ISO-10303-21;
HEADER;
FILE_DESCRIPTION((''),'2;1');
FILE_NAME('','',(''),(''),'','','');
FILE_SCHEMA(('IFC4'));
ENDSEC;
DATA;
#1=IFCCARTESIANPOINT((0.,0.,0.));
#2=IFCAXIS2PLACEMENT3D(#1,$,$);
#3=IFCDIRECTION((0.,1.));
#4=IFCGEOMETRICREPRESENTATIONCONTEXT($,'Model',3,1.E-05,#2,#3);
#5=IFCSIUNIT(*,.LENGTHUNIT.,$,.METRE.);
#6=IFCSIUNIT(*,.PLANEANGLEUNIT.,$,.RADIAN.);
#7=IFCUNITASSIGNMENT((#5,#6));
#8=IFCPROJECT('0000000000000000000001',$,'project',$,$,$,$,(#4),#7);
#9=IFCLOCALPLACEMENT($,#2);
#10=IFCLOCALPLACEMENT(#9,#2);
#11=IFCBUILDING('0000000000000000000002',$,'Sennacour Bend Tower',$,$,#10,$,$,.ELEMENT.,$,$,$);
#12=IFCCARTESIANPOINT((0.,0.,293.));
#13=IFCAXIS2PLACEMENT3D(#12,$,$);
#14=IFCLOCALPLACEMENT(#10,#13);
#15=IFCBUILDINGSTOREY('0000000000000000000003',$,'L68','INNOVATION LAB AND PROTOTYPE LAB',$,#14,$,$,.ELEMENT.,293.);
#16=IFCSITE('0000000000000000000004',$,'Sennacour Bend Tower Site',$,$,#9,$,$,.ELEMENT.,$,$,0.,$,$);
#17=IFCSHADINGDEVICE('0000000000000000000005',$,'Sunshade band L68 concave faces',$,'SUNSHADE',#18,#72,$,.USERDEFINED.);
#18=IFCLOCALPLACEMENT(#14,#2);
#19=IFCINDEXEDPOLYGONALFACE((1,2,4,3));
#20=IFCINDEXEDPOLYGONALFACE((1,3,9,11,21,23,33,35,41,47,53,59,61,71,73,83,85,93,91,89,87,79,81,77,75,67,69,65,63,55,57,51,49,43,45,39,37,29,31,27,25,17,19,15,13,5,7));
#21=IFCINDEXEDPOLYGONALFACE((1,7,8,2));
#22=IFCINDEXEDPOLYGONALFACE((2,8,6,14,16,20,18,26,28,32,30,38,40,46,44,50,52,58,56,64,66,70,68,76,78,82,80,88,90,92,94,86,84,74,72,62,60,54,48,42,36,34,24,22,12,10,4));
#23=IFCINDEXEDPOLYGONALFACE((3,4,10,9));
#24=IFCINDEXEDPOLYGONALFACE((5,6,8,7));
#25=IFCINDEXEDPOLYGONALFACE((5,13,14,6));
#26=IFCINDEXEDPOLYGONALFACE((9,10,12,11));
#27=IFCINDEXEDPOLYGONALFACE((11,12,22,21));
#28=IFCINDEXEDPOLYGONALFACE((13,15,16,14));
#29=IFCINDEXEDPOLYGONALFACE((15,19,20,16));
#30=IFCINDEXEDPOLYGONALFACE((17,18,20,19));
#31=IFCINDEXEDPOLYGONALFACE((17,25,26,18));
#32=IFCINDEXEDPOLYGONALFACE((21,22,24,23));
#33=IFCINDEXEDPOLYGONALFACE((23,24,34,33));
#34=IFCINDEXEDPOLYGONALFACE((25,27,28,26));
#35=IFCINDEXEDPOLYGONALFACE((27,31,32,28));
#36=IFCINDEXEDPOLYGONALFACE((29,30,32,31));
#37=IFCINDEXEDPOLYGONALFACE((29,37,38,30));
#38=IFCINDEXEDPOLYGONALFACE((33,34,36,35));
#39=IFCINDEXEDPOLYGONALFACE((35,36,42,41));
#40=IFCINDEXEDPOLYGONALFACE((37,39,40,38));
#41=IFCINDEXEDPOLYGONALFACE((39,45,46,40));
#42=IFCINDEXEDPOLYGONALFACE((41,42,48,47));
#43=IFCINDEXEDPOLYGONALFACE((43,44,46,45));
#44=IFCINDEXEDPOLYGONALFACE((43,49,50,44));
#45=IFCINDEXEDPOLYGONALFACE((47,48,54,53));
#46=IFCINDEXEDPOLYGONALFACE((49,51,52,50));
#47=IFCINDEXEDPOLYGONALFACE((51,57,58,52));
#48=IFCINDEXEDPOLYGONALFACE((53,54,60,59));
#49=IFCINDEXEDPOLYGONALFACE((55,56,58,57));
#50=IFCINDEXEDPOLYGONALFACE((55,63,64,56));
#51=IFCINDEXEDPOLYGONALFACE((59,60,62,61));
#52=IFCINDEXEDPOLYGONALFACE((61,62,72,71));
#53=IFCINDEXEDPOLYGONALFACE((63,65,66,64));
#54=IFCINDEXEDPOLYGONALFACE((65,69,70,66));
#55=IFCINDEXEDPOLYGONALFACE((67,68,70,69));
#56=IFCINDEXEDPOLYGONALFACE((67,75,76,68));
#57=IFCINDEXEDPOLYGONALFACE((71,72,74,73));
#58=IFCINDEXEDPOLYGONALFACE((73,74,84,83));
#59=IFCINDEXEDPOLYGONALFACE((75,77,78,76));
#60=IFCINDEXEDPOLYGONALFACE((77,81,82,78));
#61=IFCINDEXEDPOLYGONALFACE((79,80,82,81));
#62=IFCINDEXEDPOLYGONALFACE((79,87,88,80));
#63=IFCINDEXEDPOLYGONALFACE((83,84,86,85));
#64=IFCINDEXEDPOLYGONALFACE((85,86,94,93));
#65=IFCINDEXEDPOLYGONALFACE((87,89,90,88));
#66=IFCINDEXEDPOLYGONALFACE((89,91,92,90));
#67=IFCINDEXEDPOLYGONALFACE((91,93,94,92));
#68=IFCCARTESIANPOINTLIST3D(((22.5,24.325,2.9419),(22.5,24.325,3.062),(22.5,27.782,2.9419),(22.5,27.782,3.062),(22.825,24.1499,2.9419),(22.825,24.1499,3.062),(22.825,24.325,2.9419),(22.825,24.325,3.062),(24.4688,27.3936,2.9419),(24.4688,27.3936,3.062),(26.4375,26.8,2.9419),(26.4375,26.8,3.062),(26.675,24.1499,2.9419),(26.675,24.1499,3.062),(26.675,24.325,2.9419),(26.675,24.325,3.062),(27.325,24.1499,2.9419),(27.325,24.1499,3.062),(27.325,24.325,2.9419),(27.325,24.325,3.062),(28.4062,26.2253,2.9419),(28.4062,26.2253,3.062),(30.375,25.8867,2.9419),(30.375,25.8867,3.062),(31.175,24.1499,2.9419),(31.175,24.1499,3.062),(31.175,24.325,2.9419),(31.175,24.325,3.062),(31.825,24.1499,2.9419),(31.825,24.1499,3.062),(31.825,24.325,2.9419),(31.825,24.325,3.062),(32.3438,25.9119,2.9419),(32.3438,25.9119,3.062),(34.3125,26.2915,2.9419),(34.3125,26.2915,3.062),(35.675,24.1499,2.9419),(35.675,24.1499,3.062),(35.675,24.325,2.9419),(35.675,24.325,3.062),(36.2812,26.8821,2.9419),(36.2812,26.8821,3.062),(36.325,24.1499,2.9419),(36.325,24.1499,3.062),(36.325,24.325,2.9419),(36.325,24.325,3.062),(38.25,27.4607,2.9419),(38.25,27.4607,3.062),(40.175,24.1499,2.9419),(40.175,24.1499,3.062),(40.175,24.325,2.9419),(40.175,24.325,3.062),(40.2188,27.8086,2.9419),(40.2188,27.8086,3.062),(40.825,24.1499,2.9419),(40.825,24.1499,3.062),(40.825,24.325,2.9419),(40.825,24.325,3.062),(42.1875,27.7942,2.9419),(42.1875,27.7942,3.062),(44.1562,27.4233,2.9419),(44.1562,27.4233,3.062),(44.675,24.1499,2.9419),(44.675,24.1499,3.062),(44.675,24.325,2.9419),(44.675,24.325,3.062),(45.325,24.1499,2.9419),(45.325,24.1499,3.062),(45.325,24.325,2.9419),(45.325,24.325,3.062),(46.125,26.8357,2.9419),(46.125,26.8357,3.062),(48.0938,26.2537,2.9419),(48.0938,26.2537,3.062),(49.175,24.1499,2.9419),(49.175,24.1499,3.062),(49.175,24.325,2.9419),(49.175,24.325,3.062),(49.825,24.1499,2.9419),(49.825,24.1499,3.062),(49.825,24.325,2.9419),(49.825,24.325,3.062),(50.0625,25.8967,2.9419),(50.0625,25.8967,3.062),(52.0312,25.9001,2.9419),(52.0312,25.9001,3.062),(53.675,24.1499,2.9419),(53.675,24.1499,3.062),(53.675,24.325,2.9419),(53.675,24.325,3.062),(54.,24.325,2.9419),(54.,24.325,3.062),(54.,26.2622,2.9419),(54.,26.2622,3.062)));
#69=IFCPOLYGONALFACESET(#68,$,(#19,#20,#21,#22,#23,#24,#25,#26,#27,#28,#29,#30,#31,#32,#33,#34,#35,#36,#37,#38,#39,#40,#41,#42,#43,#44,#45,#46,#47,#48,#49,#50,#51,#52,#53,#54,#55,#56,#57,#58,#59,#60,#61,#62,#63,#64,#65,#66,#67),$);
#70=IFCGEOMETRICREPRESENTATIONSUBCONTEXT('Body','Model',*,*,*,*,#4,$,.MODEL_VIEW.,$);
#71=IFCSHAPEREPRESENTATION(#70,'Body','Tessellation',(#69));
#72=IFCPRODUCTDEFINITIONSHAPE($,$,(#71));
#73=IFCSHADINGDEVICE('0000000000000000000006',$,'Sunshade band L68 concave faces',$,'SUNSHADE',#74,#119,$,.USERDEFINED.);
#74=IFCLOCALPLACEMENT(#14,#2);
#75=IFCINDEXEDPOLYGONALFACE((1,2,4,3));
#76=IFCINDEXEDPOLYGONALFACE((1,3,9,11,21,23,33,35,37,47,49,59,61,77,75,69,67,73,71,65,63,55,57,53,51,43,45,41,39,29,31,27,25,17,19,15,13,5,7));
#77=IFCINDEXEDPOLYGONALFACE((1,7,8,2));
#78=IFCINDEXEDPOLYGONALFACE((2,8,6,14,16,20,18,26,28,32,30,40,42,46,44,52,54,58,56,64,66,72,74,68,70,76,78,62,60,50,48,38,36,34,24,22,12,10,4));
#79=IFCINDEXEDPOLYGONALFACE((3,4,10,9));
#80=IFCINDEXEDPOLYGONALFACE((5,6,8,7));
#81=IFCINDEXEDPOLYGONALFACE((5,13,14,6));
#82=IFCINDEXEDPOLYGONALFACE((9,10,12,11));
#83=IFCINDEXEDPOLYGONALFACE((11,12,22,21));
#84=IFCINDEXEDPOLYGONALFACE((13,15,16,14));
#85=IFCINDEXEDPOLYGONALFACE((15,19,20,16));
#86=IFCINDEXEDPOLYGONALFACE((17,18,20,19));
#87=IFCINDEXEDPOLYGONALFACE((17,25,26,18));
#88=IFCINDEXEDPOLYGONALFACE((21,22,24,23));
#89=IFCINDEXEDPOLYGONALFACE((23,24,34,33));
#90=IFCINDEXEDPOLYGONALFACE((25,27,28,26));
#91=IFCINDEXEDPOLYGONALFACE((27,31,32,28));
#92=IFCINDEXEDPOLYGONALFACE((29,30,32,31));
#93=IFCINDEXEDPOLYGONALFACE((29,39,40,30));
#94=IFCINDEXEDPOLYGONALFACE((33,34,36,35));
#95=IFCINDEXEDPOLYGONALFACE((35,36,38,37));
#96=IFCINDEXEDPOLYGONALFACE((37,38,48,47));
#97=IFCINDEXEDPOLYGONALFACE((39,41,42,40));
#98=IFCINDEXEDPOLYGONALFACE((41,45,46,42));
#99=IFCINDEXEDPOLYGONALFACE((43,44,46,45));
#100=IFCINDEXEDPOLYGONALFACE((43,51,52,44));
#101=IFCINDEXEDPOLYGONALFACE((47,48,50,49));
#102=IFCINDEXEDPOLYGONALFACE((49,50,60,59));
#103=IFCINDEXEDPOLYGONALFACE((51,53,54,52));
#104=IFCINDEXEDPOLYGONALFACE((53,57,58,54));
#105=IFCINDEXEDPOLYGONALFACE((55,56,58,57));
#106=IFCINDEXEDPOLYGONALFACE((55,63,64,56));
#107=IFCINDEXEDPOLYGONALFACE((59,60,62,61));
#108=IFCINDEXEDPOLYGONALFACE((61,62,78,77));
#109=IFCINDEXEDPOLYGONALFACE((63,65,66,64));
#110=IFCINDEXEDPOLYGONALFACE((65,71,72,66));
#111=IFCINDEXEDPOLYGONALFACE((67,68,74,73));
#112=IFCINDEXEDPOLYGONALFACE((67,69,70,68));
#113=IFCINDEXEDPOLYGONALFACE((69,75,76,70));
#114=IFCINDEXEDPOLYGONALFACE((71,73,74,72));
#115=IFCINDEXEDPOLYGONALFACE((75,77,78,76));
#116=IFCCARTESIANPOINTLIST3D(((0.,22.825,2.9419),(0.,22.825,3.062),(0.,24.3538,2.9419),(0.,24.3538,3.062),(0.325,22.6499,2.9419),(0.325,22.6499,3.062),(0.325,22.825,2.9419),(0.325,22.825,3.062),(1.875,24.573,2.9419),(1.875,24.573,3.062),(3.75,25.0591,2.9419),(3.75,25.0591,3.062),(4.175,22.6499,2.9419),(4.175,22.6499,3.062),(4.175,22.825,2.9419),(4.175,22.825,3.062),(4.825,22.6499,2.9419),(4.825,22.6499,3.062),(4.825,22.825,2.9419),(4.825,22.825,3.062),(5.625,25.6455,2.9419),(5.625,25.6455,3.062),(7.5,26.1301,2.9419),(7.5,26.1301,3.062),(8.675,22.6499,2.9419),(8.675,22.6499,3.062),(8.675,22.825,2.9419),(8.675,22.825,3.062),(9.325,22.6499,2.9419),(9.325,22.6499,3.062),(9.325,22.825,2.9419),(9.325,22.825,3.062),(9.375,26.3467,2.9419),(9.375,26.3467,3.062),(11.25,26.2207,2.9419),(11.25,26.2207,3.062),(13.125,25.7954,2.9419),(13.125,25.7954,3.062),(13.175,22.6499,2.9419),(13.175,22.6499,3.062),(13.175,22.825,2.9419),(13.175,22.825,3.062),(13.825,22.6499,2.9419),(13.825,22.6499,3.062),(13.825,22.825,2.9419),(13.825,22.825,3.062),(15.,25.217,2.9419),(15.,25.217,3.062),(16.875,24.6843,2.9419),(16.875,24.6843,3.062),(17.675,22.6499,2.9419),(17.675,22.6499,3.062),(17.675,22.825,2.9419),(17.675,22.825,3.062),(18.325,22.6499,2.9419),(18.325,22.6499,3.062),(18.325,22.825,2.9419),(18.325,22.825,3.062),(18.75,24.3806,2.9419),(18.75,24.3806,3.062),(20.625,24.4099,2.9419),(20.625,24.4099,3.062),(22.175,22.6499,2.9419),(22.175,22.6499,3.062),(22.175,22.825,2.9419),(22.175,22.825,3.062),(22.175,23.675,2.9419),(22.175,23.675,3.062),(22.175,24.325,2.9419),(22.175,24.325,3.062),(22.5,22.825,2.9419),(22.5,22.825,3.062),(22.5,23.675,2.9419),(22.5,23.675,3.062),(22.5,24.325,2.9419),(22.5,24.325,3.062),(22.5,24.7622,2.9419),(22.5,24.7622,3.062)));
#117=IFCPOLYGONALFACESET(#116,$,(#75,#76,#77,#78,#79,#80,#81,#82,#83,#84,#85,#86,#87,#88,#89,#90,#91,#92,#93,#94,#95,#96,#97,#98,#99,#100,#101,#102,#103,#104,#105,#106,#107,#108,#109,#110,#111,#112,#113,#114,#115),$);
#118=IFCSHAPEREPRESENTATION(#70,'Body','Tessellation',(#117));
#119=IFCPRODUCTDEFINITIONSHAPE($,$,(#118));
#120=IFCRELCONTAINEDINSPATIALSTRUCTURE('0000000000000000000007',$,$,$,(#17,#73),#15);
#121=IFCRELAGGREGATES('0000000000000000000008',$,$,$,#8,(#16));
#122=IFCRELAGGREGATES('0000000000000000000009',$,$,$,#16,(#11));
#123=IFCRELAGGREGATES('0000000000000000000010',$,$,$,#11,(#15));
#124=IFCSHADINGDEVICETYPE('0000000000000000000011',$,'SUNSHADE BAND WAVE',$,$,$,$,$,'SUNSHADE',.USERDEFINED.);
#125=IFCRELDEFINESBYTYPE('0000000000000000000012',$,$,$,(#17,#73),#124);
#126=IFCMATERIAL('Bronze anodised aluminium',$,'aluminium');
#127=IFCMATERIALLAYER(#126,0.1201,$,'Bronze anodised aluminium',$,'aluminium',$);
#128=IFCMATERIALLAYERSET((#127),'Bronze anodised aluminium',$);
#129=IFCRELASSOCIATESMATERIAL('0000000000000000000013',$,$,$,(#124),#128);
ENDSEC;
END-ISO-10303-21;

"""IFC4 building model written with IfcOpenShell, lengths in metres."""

from ifc_helpers import new_model, si_unit, direction, frame, origin, place, context, subcontext, project, spatial, polyline, outline, extrude, material, layer, layer_set, type_object, element, save


model = new_model("IFC4")

# Units and contexts
model_context = context("Model", 3, precision=1e-05, world=origin(), true_north=direction((0.0, 1.0)))
body_context = subcontext(model_context, "Body", "Model", "MODEL_VIEW")
ifc_project = project(units=[si_unit("LENGTHUNIT", "METRE"), si_unit("PLANEANGLEUNIT", "RADIAN")], contexts=[model_context])

# Site, building, storey
site_placement = place(None, origin())
site = spatial("IfcSite", under=ifc_project, at=site_placement, Name="Sennacour Bend Tower Site", CompositionType="ELEMENT", RefElevation=0.0)
building_placement = place(site_placement, origin())
building = spatial("IfcBuilding", under=site, at=building_placement, Name="Sennacour Bend Tower", CompositionType="ELEMENT")
storey_placement = place(building_placement, frame((0.0, 0.0, 293.0)))
storey = spatial("IfcBuildingStorey", under=building, at=storey_placement, Name="L68", Description="INNOVATION LAB AND PROTOTYPE LAB", CompositionType="ELEMENT", Elevation=293.0)

# Shading devices
ifc_material_1 = material(Name="Bronze anodised aluminium", Category="aluminium")
ifc_layer_1 = layer(ifc_material_1, 0.1201, Name="Bronze anodised aluminium", Category="aluminium")
ifc_layer_set_1 = layer_set([ifc_layer_1], Name="Bronze anodised aluminium")
shading_device_type_1 = type_object("IfcShadingDeviceType", Name="SUNSHADE BAND WAVE", ElementType="SUNSHADE", PredefinedType="USERDEFINED", material=ifc_layer_set_1)
shading_device_1_placement = place(storey_placement, frame((0.0, 0.0, 2.9419)))
element("IfcShadingDevice", 1, at=shading_device_1_placement, inside=storey, type_object=shading_device_type_1, Name="Sunshade band L68 concave faces", ObjectType="SUNSHADE", PredefinedType="USERDEFINED", context=body_context, shape_type="SweptSolid", body=[
    extrude(outline(polyline([(53.675, 24.1499), (49.825, 24.1499), (49.825, 24.325), (49.175, 24.325), (49.175, 24.1499), (45.325, 24.1499), (45.325, 24.325), (44.675, 24.325), (44.675, 24.1499), (40.825, 24.1499), (40.825, 24.325), (40.175, 24.325), (40.175, 24.1499), (36.325, 24.1499), (36.325, 24.325), (35.675, 24.325), (35.675, 24.1499), (31.825, 24.1499), (31.825, 24.325), (31.175, 24.325), (31.175, 24.1499), (27.325, 24.1499), (27.325, 24.325), (26.675, 24.325), (26.675, 24.1499), (22.825, 24.1499), (22.825, 24.325), (22.5, 24.325), (22.5, 27.782), (24.4688, 27.3936), (26.4375, 26.8), (28.4062, 26.2253), (30.375, 25.8867), (32.3438, 25.9119), (34.3125, 26.2915), (36.2812, 26.8821), (38.25, 27.4607), (40.2188, 27.8086), (42.1875, 27.7942), (44.1562, 27.4233), (46.125, 26.8357), (48.0938, 26.2537), (50.0625, 25.8967), (52.0312, 25.9001), (54.0, 26.2622), (54.0, 24.325), (53.675, 24.325), (53.675, 24.1499)])), origin(), (0.0, 0.0, 1.0), 0.1201),
])
shading_device_2_placement = place(storey_placement, frame((0.0, 0.0, 2.9419)))
element("IfcShadingDevice", 2, at=shading_device_2_placement, inside=storey, type_object=shading_device_type_1, Name="Sunshade band L68 concave faces", ObjectType="SUNSHADE", PredefinedType="USERDEFINED", context=body_context, shape_type="SweptSolid", body=[
    extrude(outline(polyline([(22.175, 22.6499), (18.325, 22.6499), (18.325, 22.825), (17.675, 22.825), (17.675, 22.6499), (13.825, 22.6499), (13.825, 22.825), (13.175, 22.825), (13.175, 22.6499), (9.325, 22.6499), (9.325, 22.825), (8.675, 22.825), (8.675, 22.6499), (4.825, 22.6499), (4.825, 22.825), (4.175, 22.825), (4.175, 22.6499), (0.325, 22.6499), (0.325, 22.825), (0.0, 22.825), (0.0, 24.3538), (1.875, 24.573), (3.75, 25.0591), (5.625, 25.6455), (7.5, 26.1301), (9.375, 26.3467), (11.25, 26.2207), (13.125, 25.7954), (15.0, 25.217), (16.875, 24.6843), (18.75, 24.3806), (20.625, 24.4099), (22.5, 24.7622), (22.5, 24.325), (22.175, 24.325), (22.175, 23.675), (22.5, 23.675), (22.5, 22.825), (22.175, 22.825), (22.175, 22.6499)])), origin(), (0.0, 0.0, 1.0), 0.1201),
])

save(model, "model.ifc")
